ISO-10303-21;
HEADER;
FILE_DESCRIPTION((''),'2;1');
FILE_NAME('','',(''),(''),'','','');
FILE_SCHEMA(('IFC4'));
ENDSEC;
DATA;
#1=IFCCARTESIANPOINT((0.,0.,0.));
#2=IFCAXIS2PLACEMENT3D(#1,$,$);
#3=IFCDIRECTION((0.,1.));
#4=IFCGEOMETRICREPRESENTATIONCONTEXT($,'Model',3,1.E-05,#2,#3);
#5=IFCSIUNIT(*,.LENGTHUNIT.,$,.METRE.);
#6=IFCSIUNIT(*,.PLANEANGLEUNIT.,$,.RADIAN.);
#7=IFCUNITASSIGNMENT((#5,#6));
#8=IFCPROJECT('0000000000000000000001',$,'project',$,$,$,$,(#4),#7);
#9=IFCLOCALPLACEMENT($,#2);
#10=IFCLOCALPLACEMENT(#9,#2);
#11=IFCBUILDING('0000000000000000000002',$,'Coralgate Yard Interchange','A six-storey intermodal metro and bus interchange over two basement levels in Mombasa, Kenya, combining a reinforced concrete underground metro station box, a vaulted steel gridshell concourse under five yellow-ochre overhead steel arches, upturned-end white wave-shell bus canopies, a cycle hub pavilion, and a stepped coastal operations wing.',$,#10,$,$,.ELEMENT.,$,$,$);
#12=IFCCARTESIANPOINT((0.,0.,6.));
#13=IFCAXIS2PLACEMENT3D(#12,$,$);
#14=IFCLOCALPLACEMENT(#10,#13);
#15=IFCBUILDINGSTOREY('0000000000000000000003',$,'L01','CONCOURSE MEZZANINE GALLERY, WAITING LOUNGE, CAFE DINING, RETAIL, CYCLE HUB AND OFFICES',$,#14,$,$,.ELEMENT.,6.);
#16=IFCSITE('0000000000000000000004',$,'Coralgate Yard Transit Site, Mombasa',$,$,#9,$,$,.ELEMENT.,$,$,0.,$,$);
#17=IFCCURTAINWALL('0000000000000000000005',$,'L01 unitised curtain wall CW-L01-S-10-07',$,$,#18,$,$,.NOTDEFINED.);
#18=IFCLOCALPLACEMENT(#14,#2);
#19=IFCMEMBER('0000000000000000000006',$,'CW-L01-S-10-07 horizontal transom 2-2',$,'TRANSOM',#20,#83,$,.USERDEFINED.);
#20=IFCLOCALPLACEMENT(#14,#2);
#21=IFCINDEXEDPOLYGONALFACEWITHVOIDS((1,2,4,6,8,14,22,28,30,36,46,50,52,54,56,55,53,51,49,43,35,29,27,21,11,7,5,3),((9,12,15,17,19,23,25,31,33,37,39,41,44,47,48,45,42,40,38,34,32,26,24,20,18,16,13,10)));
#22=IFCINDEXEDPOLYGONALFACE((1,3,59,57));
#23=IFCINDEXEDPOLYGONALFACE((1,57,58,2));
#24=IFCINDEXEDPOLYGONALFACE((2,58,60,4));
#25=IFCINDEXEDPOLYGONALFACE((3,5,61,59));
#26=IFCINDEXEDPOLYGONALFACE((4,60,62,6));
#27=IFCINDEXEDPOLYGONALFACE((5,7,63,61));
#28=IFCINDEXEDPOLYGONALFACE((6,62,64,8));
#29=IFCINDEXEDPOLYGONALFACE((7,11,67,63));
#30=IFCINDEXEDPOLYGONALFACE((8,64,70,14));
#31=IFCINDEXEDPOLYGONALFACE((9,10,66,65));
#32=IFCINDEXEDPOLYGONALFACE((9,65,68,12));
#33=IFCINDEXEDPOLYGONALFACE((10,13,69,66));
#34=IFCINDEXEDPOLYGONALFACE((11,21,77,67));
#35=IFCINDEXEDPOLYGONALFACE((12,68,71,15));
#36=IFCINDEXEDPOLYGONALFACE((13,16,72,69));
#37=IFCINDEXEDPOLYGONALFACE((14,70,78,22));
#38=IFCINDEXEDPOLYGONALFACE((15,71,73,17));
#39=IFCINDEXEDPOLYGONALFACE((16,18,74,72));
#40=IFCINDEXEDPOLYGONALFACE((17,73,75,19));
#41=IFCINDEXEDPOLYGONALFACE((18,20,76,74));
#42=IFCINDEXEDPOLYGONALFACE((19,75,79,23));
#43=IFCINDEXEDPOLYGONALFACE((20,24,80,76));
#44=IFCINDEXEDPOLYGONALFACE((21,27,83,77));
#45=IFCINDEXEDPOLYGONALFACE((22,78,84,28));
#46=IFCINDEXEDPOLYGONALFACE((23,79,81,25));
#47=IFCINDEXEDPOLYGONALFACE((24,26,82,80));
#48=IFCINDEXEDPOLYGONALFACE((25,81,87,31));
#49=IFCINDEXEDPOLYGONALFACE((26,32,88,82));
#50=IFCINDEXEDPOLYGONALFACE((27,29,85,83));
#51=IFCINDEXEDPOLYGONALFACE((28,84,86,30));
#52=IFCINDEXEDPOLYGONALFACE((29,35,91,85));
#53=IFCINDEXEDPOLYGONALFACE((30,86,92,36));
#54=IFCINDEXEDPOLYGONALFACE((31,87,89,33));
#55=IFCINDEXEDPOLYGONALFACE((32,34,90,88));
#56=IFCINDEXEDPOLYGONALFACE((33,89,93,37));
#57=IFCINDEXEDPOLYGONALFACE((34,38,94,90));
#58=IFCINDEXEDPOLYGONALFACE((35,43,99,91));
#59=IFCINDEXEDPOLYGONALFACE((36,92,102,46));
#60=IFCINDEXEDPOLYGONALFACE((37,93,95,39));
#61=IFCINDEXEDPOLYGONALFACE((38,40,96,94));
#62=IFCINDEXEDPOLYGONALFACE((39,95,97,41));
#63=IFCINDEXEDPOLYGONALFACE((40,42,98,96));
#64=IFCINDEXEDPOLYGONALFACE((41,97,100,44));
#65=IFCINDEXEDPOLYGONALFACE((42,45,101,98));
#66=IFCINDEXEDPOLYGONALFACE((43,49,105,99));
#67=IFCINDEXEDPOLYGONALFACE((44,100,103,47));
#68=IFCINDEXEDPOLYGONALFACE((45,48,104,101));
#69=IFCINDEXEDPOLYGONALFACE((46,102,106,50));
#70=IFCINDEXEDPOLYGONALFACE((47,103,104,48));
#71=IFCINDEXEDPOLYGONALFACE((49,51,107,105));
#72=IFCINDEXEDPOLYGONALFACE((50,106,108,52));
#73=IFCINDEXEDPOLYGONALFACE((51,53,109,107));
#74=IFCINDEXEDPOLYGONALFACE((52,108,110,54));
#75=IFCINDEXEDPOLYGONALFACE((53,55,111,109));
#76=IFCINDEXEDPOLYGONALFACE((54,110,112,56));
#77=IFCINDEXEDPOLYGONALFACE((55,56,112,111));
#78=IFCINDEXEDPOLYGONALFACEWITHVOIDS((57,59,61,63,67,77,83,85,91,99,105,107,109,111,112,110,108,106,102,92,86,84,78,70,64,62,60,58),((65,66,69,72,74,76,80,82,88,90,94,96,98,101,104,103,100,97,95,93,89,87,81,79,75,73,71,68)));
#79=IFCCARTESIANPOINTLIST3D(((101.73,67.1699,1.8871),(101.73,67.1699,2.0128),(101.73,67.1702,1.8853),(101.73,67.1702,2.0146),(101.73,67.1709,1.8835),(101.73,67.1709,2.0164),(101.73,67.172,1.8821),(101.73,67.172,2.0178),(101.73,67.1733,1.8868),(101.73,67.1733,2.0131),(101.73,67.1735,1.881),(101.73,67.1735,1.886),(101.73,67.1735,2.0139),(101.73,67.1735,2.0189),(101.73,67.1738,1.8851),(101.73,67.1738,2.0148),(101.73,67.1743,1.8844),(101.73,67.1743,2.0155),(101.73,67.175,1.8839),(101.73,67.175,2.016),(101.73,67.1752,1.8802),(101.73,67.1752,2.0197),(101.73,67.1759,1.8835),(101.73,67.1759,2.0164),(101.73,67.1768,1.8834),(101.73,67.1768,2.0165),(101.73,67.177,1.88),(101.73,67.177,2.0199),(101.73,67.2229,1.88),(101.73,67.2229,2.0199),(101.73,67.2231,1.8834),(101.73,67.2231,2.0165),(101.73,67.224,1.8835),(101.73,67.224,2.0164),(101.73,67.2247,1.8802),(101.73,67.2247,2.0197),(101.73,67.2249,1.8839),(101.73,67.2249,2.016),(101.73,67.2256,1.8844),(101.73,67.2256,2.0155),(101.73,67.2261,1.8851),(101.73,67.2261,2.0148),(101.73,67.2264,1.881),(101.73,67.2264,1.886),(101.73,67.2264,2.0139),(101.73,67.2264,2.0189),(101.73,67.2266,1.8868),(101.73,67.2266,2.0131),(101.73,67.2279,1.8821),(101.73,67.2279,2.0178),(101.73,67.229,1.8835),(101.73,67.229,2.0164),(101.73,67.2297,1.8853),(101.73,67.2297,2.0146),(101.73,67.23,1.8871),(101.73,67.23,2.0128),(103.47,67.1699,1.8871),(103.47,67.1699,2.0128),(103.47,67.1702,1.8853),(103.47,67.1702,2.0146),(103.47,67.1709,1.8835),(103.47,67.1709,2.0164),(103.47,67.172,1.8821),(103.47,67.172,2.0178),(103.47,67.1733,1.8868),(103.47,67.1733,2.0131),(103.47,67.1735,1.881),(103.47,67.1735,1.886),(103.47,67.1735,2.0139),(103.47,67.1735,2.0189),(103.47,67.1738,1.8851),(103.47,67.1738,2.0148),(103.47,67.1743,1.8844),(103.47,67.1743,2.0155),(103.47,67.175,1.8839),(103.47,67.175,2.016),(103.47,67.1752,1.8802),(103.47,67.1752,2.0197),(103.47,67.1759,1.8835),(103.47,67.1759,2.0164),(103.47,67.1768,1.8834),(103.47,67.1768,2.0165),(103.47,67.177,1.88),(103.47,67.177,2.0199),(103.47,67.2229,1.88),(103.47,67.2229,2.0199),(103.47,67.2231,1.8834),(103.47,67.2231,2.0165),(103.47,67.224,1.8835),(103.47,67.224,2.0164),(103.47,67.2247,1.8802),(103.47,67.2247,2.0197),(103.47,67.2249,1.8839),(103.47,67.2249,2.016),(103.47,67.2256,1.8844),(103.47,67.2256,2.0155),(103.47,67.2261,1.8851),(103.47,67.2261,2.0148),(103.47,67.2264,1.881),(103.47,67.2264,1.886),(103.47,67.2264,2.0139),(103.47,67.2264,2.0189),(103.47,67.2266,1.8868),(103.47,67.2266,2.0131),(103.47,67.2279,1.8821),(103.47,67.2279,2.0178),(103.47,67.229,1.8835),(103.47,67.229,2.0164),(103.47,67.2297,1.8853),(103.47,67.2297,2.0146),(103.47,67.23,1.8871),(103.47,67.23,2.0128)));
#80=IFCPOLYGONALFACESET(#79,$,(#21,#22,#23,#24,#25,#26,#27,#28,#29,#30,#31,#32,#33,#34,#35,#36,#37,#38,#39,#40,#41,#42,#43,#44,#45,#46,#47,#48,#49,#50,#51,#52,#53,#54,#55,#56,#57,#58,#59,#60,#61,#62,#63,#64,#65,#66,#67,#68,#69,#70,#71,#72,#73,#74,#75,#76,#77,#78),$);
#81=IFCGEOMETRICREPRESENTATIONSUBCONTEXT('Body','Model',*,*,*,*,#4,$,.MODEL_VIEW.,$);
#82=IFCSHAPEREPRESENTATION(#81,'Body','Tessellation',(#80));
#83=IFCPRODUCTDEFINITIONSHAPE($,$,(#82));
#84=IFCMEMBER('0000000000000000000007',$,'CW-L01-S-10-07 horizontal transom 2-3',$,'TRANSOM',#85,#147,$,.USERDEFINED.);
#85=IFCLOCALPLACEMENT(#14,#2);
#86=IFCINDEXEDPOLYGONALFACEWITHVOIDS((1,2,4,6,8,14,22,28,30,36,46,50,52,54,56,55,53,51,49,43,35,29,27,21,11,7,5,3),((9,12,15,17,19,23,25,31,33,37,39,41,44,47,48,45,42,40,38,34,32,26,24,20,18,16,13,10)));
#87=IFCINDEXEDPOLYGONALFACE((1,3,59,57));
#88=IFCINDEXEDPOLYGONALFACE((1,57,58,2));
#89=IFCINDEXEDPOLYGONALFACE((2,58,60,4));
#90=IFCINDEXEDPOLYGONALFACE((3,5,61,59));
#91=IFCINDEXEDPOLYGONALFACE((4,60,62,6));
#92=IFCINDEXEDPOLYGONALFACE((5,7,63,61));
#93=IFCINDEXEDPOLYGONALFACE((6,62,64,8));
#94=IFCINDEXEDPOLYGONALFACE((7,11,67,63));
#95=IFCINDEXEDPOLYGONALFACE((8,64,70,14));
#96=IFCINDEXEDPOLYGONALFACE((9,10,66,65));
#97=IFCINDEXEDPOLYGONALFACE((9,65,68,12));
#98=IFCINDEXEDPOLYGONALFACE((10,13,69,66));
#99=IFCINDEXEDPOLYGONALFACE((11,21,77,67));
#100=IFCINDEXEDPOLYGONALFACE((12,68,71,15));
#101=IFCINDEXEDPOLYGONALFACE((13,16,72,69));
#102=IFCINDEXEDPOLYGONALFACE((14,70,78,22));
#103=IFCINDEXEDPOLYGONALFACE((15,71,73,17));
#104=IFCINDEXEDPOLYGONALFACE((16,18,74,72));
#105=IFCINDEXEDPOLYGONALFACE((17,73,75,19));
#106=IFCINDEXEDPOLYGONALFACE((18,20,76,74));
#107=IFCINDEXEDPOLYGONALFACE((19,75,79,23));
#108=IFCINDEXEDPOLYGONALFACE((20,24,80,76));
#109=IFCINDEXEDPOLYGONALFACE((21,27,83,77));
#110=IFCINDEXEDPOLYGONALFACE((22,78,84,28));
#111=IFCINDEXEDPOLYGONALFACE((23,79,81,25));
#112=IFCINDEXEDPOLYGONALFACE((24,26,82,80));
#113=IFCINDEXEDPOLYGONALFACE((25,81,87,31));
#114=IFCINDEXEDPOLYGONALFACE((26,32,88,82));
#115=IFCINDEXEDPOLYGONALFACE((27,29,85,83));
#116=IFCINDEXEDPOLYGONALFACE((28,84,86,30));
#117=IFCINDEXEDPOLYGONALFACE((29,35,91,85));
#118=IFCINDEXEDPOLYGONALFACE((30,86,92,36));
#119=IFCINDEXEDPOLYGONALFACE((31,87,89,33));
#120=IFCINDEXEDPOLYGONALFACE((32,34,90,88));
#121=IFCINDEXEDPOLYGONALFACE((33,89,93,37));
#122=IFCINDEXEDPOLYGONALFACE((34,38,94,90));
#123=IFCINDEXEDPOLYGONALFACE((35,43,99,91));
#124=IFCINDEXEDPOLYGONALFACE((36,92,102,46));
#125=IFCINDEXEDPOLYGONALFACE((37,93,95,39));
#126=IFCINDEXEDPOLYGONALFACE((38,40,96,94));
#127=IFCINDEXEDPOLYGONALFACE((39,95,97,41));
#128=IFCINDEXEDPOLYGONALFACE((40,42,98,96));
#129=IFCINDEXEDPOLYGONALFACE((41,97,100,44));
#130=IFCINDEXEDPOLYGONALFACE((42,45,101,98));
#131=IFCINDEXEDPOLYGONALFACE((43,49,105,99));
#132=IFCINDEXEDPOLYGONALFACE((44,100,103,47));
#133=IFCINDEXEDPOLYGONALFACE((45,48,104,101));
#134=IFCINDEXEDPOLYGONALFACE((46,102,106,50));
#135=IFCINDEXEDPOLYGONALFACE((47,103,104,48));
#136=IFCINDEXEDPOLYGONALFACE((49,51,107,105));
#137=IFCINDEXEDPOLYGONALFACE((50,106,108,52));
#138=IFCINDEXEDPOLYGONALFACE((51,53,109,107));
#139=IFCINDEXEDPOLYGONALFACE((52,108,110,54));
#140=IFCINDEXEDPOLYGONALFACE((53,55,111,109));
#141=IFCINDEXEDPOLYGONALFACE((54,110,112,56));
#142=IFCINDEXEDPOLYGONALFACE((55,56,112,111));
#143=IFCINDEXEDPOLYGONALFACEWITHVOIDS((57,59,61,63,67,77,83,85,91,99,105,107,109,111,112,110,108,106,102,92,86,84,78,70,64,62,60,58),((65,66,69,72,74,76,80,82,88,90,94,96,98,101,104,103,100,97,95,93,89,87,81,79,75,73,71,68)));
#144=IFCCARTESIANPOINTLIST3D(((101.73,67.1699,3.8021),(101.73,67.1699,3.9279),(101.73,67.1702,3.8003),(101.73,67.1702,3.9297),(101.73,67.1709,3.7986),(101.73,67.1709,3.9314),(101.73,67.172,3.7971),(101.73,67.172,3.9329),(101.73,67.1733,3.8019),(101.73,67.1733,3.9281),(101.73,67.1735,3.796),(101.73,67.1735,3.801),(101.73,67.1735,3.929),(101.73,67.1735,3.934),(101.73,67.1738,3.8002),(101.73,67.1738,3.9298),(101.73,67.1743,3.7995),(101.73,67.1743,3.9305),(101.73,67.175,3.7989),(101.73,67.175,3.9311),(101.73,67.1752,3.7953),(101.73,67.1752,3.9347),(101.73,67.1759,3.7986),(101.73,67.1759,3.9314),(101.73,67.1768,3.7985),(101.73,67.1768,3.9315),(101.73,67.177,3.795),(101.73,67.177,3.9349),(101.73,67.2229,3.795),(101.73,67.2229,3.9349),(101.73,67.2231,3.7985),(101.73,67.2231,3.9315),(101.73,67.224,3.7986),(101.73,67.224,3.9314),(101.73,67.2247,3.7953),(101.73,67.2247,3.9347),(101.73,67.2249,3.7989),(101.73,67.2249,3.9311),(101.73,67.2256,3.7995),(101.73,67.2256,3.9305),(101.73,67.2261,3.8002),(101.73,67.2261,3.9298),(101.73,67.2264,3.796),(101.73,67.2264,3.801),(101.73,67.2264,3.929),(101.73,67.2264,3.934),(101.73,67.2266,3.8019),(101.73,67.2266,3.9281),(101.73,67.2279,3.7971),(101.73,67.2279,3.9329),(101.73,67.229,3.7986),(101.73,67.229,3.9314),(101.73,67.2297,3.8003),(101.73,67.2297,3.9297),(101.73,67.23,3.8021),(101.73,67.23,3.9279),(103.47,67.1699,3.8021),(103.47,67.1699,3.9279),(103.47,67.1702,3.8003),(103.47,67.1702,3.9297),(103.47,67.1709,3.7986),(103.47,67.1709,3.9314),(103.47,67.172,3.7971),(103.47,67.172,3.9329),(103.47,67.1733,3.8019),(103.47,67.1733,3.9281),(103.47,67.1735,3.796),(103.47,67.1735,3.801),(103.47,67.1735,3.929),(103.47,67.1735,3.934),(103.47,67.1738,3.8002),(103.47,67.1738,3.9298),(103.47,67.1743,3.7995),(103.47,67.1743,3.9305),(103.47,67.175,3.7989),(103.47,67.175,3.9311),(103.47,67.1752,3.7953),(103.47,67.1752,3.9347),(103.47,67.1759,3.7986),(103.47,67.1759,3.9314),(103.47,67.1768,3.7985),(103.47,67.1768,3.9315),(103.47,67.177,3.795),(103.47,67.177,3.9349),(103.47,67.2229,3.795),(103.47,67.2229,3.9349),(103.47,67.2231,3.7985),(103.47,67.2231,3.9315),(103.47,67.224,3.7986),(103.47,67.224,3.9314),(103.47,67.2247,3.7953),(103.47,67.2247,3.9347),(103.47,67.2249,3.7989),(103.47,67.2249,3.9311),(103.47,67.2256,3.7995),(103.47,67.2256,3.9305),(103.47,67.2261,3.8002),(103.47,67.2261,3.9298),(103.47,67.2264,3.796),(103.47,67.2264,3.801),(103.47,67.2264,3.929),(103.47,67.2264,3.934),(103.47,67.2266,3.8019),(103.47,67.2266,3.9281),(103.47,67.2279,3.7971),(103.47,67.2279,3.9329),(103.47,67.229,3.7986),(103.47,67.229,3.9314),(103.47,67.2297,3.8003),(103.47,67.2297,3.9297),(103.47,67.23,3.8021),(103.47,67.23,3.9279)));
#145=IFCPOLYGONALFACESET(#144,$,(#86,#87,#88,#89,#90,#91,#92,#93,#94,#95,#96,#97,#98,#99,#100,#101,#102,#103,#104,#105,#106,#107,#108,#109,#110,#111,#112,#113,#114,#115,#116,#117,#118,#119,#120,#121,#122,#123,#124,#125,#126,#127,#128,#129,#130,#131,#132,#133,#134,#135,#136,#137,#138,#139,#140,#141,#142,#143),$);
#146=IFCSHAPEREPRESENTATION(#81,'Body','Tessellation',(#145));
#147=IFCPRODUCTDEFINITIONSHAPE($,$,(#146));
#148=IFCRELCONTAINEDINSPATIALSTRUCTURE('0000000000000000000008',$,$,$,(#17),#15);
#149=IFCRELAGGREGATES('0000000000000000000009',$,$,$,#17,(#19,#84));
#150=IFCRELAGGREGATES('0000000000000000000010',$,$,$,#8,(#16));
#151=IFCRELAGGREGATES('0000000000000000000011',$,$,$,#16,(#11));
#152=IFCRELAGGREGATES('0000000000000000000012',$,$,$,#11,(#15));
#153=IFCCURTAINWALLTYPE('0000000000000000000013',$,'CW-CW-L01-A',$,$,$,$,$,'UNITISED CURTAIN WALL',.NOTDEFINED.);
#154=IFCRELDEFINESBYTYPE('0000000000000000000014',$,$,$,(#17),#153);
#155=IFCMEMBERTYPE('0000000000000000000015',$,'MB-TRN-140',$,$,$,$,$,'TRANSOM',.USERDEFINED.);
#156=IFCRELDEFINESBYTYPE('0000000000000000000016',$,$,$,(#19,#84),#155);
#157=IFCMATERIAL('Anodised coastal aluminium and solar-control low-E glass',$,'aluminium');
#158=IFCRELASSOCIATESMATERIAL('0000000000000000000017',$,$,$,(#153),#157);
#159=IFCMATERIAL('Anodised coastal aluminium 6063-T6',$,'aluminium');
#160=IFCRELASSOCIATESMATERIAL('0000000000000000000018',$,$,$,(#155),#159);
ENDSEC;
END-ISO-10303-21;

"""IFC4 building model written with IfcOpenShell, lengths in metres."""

from ifc_helpers import new_model, si_unit, direction, frame, origin, origin_2d, place, context, subcontext, project, spatial, hollow_rectangle, extrude, material, material_profile, profile_set, type_object, element, aggregate, save


model = new_model("IFC4")

# Units and contexts
model_context = context("Model", 3, precision=1e-05, world=origin(), true_north=direction((0.0, 1.0)))
body_context = subcontext(model_context, "Body", "Model", "MODEL_VIEW")
ifc_project = project(units=[si_unit("LENGTHUNIT", "METRE"), si_unit("PLANEANGLEUNIT", "RADIAN")], contexts=[model_context])

# Site, building, storey
site_placement = place(None, origin())
site = spatial("IfcSite", under=ifc_project, at=site_placement, Name="Coralgate Yard Transit Site, Mombasa", CompositionType="ELEMENT", RefElevation=0.0)
building_placement = place(site_placement, origin())
building = spatial("IfcBuilding", under=site, at=building_placement, Name="Coralgate Yard Interchange", Description="A six-storey intermodal metro and bus interchange over two basement levels in Mombasa, Kenya, combining a reinforced concrete underground metro station box, a vaulted steel gridshell concourse under five yellow-ochre overhead steel arches, upturned-end white wave-shell bus canopies, a cycle hub pavilion, and a stepped coastal operations wing.", CompositionType="ELEMENT")
storey_placement = place(building_placement, frame((0.0, 0.0, 6.0)))
storey = spatial("IfcBuildingStorey", under=building, at=storey_placement, Name="L01", Description="CONCOURSE MEZZANINE GALLERY, WAITING LOUNGE, CAFE DINING, RETAIL, CYCLE HUB AND OFFICES", CompositionType="ELEMENT", Elevation=6.0)

# Curtain wall, members
ifc_material_1 = material(Name="Anodised coastal aluminium and solar-control low-E glass", Category="aluminium")
curtain_wall_type = type_object("IfcCurtainWallType", Name="CW-CW-L01-A", ElementType="UNITISED CURTAIN WALL", PredefinedType="NOTDEFINED", material=ifc_material_1)
curtain_wall_placement = place(storey_placement, origin())
curtain_wall = element("IfcCurtainWall", 1, at=curtain_wall_placement, inside=storey, type_object=curtain_wall_type, Name="L01 unitised curtain wall CW-L01-S-10-07", PredefinedType="NOTDEFINED")
ifc_material_2 = material(Name="Anodised coastal aluminium 6063-T6", Category="aluminium")
ifc_material_profile_1 = material_profile(ifc_material_2, hollow_rectangle(XDim=0.0601, YDim=0.1399, WallThickness=0.0034, InnerFilletRadius=0.0034, OuterFilletRadius=0.0071, at=origin_2d()), Name="ALU 60x140x3.5")
ifc_profile_set_1 = profile_set([ifc_material_profile_1], Name="Anodised coastal aluminium 6063-T6")
member_type_1 = type_object("IfcMemberType", Name="MB-TRN-140", ElementType="TRANSOM", PredefinedType="USERDEFINED", material=ifc_profile_set_1)
member_1_placement = place(storey_placement, frame((103.47, 67.2, 1.95), z_axis=(-1.0, 0.0, 0.0), x_axis=(0.0, -1.0, 0.0)))
member_1 = element("IfcMember", 2, at=member_1_placement, type_object=member_type_1, Name="CW-L01-S-10-07 horizontal transom 2-2", ObjectType="TRANSOM", PredefinedType="USERDEFINED", context=body_context, shape_type="SweptSolid", body=[
    extrude(hollow_rectangle(XDim=0.0601, YDim=0.1399, WallThickness=0.0034, InnerFilletRadius=0.0034, OuterFilletRadius=0.0071, at=origin_2d()), origin(), (0.0, 0.0, 1.0), 1.74),
])
member_2_placement = place(storey_placement, frame((103.47, 67.2, 3.865), z_axis=(-1.0, 0.0, 0.0), x_axis=(0.0, -1.0, 0.0)))
member_2 = element("IfcMember", 3, at=member_2_placement, type_object=member_type_1, Name="CW-L01-S-10-07 horizontal transom 2-3", ObjectType="TRANSOM", PredefinedType="USERDEFINED", context=body_context, shape_type="SweptSolid", body=[
    extrude(hollow_rectangle(XDim=0.0601, YDim=0.1399, WallThickness=0.0034, InnerFilletRadius=0.0034, OuterFilletRadius=0.0071, at=origin_2d()), origin(), (0.0, 0.0, 1.0), 1.74),
])
aggregate(curtain_wall, [member_1, member_2])

save(model, "model.ifc")
